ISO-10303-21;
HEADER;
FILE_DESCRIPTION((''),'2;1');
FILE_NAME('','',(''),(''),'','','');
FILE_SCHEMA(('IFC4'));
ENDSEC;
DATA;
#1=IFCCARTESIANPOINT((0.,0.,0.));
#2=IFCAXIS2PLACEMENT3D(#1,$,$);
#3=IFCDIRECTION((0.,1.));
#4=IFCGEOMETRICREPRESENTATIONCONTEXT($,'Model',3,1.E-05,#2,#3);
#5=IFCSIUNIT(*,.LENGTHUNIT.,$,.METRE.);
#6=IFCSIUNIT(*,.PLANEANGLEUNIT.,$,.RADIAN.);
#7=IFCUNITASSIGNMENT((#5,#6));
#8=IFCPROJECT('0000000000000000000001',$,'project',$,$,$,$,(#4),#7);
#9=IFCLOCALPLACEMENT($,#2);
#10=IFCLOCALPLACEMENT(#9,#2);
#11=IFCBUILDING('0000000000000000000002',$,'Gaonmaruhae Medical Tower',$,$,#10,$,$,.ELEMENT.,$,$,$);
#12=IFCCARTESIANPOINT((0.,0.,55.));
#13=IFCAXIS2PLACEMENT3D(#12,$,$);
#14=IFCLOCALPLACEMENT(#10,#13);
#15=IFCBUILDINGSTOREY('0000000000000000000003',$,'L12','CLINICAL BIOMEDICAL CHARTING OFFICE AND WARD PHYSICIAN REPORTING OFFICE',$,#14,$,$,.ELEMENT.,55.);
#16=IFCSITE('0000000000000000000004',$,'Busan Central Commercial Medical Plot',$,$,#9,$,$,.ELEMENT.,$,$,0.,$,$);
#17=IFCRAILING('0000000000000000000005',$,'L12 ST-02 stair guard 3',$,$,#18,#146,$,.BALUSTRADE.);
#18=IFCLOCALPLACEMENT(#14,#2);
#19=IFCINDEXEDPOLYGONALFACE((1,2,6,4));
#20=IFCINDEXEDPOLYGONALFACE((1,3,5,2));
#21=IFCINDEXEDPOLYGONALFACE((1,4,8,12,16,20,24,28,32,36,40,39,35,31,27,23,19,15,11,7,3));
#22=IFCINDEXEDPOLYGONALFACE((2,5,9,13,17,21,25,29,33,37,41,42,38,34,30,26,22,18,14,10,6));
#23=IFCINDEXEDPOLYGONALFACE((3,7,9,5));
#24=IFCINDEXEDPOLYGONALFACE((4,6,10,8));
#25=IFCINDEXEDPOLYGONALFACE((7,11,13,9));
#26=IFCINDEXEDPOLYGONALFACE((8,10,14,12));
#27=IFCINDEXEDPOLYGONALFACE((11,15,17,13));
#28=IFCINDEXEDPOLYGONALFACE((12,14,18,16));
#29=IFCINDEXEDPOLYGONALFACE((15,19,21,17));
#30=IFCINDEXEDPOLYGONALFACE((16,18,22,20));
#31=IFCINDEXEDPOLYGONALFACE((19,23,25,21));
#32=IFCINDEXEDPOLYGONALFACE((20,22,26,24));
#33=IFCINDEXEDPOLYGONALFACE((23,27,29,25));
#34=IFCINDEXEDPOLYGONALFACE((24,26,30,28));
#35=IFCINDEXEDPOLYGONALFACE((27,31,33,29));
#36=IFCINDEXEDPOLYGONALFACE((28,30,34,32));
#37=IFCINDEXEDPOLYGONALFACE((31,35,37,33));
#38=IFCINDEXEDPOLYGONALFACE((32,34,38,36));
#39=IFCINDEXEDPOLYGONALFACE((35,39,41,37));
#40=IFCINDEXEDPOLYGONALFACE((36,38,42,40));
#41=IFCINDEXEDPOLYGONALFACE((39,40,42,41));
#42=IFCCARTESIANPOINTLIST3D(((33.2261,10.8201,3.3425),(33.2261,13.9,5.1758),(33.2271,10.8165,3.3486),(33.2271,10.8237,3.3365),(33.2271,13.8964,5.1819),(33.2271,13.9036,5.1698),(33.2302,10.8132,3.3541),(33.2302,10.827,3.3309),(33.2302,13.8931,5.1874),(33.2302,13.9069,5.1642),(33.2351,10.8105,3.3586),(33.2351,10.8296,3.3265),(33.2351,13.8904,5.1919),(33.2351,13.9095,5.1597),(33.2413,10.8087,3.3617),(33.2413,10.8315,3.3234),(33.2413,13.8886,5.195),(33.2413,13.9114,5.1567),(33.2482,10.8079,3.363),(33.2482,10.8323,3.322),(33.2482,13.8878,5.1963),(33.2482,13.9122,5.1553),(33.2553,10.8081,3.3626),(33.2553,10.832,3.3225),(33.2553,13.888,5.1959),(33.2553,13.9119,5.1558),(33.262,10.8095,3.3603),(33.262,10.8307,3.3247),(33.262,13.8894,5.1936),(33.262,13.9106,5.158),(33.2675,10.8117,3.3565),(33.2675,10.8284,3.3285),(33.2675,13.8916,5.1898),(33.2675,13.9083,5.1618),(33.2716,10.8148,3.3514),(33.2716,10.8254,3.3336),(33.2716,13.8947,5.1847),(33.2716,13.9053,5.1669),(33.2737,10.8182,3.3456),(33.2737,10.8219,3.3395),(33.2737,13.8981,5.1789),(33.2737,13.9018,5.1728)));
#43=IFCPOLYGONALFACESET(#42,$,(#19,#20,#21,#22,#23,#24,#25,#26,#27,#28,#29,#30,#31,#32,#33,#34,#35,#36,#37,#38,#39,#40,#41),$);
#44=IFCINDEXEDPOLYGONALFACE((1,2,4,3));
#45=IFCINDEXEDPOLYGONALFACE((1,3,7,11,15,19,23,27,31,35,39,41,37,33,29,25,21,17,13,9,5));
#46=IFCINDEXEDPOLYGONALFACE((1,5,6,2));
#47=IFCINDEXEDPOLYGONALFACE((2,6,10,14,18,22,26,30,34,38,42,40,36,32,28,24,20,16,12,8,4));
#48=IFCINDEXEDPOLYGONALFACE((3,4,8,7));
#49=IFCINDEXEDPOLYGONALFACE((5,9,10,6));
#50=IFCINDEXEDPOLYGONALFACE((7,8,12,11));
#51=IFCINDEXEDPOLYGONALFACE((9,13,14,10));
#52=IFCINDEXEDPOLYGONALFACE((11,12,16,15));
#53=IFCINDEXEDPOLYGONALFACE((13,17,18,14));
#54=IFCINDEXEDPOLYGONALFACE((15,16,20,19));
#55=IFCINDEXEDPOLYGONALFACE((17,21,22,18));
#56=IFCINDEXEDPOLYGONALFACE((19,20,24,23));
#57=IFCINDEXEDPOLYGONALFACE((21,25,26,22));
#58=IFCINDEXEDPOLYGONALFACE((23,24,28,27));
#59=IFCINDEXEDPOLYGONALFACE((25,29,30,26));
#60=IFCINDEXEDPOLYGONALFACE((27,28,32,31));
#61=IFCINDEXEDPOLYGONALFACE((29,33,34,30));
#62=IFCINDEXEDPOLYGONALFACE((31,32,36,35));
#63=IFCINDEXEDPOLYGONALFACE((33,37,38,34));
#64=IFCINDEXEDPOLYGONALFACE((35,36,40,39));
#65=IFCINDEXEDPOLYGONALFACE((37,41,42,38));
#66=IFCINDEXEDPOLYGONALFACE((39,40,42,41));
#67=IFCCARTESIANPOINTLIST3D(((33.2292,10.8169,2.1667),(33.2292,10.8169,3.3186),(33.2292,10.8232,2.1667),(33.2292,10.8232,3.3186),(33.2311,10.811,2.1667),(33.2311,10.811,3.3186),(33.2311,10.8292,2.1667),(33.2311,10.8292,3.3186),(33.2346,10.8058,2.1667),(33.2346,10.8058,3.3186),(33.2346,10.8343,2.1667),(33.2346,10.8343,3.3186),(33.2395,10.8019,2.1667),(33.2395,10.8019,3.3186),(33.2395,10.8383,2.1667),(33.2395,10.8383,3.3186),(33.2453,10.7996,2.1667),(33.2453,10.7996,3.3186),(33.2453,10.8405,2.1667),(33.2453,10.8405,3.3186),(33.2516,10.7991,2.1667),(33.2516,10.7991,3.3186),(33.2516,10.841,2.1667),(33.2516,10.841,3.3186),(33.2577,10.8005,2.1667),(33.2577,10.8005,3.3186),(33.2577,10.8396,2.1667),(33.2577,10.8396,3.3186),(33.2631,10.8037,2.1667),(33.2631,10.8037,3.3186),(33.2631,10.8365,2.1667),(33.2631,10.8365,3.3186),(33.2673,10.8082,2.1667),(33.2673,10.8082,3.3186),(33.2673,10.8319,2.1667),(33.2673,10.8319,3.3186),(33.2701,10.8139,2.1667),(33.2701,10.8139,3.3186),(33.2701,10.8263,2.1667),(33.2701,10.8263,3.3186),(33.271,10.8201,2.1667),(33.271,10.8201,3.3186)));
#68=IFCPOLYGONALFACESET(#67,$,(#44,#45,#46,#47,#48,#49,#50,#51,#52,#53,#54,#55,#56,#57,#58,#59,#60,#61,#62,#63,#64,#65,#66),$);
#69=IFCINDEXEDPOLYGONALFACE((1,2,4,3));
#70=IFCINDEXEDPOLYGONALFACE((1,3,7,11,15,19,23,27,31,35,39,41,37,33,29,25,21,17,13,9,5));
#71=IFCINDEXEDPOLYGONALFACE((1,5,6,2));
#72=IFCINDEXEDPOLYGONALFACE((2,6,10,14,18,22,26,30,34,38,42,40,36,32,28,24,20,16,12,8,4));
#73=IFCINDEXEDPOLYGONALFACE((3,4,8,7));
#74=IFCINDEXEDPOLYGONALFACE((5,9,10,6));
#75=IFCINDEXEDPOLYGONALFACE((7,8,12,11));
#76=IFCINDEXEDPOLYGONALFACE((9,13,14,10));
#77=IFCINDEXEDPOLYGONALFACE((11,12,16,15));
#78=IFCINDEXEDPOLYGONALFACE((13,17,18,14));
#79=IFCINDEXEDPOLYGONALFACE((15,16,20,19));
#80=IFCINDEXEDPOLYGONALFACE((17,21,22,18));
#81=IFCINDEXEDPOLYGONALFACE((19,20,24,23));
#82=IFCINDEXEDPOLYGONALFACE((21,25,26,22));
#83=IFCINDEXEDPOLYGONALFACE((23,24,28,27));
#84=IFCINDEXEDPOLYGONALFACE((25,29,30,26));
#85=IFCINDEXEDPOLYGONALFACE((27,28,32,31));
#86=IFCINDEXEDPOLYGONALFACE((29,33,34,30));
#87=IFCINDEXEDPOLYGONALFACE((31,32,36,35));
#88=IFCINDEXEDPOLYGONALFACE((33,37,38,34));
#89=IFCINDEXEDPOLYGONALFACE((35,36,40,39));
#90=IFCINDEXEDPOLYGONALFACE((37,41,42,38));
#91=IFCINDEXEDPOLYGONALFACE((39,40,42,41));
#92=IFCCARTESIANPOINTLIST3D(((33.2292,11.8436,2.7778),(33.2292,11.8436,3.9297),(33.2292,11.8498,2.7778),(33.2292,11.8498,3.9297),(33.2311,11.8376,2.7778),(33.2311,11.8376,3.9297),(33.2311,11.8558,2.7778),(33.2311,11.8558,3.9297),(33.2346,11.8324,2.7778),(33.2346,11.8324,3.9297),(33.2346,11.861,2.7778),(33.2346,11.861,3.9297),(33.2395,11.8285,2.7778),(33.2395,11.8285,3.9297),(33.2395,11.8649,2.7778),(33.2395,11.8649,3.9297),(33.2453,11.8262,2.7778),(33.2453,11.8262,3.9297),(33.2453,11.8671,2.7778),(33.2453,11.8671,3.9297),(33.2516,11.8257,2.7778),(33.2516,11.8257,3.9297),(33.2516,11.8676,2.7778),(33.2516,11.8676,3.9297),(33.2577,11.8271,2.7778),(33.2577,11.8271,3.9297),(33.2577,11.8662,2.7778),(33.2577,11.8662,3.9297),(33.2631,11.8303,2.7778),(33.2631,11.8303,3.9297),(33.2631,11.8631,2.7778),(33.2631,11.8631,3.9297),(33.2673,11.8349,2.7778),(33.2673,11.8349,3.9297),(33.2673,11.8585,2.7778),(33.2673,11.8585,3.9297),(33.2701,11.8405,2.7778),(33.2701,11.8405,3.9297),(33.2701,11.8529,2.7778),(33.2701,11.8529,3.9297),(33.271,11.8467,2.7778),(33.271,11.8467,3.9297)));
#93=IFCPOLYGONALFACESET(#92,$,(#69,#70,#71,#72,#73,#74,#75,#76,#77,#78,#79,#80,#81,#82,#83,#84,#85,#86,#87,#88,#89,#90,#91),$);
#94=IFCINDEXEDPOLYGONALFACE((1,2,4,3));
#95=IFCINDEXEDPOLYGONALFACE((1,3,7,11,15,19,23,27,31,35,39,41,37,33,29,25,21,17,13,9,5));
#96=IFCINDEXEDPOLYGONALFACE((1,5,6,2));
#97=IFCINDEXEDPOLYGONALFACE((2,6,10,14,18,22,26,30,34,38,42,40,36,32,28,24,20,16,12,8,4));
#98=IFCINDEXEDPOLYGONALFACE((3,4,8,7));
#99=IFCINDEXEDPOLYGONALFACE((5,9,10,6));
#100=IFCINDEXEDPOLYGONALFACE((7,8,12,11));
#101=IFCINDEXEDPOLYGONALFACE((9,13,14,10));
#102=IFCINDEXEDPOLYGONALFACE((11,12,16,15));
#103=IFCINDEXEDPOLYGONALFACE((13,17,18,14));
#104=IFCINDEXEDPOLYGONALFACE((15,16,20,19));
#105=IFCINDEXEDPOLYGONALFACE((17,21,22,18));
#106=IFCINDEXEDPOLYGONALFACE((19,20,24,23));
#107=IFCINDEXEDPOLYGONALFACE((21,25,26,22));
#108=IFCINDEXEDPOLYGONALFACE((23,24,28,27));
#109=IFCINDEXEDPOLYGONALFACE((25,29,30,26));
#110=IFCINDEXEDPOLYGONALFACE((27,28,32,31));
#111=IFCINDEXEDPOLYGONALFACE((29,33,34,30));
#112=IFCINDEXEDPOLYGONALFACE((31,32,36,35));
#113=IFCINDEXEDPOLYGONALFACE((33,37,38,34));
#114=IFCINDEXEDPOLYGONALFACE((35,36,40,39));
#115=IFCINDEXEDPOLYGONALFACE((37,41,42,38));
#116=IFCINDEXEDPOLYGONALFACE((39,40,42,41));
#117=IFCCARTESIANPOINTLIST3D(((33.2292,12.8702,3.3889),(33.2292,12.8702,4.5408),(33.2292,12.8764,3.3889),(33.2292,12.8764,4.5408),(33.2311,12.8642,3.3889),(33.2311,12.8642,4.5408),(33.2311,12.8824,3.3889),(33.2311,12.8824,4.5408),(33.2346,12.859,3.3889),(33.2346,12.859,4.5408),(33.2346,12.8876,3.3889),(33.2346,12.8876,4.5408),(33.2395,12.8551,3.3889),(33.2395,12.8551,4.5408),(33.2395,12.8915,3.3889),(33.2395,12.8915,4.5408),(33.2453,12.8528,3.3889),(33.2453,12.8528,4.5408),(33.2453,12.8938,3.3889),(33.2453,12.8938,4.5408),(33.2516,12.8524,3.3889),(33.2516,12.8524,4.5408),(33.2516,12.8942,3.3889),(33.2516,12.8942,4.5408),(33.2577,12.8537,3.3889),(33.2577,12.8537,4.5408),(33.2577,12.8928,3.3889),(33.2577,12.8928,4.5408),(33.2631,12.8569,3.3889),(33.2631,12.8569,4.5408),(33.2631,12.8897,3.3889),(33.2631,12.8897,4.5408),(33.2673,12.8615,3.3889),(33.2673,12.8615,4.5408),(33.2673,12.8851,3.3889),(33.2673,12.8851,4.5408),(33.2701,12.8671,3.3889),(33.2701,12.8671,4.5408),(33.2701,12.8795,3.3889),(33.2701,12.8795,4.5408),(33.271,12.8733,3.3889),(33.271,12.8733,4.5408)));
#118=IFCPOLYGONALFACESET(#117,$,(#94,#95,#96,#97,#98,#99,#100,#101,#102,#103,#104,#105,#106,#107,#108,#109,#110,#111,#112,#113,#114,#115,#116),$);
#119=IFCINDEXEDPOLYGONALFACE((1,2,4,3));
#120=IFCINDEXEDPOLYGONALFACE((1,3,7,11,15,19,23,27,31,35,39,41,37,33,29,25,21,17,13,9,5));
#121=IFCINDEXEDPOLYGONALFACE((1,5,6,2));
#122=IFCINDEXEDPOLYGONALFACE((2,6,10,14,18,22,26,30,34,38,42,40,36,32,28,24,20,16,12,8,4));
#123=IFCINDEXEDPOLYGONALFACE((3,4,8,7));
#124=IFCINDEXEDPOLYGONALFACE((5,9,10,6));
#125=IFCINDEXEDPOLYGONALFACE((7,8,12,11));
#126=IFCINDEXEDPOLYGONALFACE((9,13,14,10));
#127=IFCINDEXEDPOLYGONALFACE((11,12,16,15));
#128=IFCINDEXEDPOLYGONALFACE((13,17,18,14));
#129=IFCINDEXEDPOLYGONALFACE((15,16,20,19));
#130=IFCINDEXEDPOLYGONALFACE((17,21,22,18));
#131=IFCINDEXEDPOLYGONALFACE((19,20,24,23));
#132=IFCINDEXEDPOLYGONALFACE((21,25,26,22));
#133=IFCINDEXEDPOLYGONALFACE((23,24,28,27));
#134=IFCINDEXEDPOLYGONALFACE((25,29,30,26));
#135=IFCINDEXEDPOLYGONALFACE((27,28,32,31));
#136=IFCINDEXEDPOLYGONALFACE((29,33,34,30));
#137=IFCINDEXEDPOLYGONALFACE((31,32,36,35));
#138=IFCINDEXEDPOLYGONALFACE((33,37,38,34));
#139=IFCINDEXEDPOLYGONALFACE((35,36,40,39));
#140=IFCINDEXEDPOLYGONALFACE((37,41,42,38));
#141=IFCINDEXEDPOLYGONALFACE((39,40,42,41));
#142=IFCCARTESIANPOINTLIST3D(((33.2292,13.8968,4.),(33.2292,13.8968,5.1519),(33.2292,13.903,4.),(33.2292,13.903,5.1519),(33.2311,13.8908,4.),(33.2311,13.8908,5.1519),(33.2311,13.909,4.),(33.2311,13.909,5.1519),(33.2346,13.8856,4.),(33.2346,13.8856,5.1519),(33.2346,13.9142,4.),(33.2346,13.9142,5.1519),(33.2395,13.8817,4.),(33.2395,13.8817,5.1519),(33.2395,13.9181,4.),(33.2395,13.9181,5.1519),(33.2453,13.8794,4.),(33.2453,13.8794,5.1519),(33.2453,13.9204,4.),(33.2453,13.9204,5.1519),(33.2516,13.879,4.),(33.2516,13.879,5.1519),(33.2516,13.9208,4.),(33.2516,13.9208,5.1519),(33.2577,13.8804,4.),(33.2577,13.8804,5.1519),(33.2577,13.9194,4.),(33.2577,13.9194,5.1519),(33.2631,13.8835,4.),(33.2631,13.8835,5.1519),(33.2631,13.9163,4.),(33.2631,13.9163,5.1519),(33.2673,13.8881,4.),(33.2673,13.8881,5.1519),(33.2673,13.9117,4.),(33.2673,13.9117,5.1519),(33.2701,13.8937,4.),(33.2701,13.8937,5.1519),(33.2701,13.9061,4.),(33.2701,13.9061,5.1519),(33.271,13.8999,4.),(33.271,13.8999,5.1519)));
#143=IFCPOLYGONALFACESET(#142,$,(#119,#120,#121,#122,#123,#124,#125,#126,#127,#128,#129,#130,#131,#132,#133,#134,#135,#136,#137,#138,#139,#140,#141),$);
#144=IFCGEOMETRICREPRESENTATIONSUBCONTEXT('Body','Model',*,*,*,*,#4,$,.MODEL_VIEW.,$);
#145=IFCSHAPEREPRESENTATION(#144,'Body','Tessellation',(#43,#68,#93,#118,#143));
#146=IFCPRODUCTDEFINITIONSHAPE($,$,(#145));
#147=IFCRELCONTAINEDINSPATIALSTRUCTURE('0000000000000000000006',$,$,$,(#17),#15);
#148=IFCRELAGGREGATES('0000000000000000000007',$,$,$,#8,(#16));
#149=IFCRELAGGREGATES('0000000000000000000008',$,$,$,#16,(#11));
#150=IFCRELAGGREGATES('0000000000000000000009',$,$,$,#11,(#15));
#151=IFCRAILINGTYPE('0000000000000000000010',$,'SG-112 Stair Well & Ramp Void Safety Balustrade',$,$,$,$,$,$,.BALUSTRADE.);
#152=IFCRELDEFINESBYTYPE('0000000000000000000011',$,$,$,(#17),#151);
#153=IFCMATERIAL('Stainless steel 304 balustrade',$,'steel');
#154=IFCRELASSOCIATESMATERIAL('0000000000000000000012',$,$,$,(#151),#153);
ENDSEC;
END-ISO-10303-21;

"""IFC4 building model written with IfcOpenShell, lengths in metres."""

from ifc_helpers import new_model, si_unit, direction, frame, origin, origin_2d, place, context, subcontext, project, spatial, circle, extrude, material, type_object, element, save


model = new_model("IFC4")

# Units and contexts
model_context = context("Model", 3, precision=1e-05, world=origin(), true_north=direction((0.0, 1.0)))
body_context = subcontext(model_context, "Body", "Model", "MODEL_VIEW")
ifc_project = project(units=[si_unit("LENGTHUNIT", "METRE"), si_unit("PLANEANGLEUNIT", "RADIAN")], contexts=[model_context])

# Site, building, storey
site_placement = place(None, origin())
site = spatial("IfcSite", under=ifc_project, at=site_placement, Name="Busan Central Commercial Medical Plot", CompositionType="ELEMENT", RefElevation=0.0)
building_placement = place(site_placement, origin())
building = spatial("IfcBuilding", under=site, at=building_placement, Name="Gaonmaruhae Medical Tower", CompositionType="ELEMENT")
storey_placement = place(building_placement, frame((0.0, 0.0, 55.0)))
storey = spatial("IfcBuildingStorey", under=building, at=storey_placement, Name="L12", Description="CLINICAL BIOMEDICAL CHARTING OFFICE AND WARD PHYSICIAN REPORTING OFFICE", CompositionType="ELEMENT", Elevation=55.0)

# Railing
ifc_material_1 = material(Name="Stainless steel 304 balustrade", Category="steel")
railing_type_1 = type_object("IfcRailingType", Name="SG-112 Stair Well & Ramp Void Safety Balustrade", PredefinedType="BALUSTRADE", material=ifc_material_1)
railing_1_placement = place(storey_placement, frame((33.25, 10.8201, 2.1667)))
element("IfcRailing", 1, at=railing_1_placement, inside=storey, type_object=railing_type_1, Name="L12 ST-02 stair guard 3", PredefinedType="BALUSTRADE", context=body_context, shape_type="SweptSolid", body=[
    extrude(circle(Radius=0.0239, at=origin_2d()), frame((0.0, 0.0, 1.1758), z_axis=(0.0, 0.859291, 0.511487), x_axis=(-1.0, 0.0, 0.0)), (0.0, 0.0, 1.0), 3.5842),
    extrude(circle(Radius=0.021, at=origin_2d()), origin(), (0.0, 0.0, 1.0), 1.1519),
    extrude(circle(Radius=0.021, at=origin_2d()), frame((0.0, 1.0266, 0.6111)), (0.0, 0.0, 1.0), 1.1519),
    extrude(circle(Radius=0.021, at=origin_2d()), frame((0.0, 2.0532, 1.2222)), (0.0, 0.0, 1.0), 1.1519),
    extrude(circle(Radius=0.021, at=origin_2d()), frame((0.0, 3.0798, 1.8333)), (0.0, 0.0, 1.0), 1.1519),
])

save(model, "model.ifc")
